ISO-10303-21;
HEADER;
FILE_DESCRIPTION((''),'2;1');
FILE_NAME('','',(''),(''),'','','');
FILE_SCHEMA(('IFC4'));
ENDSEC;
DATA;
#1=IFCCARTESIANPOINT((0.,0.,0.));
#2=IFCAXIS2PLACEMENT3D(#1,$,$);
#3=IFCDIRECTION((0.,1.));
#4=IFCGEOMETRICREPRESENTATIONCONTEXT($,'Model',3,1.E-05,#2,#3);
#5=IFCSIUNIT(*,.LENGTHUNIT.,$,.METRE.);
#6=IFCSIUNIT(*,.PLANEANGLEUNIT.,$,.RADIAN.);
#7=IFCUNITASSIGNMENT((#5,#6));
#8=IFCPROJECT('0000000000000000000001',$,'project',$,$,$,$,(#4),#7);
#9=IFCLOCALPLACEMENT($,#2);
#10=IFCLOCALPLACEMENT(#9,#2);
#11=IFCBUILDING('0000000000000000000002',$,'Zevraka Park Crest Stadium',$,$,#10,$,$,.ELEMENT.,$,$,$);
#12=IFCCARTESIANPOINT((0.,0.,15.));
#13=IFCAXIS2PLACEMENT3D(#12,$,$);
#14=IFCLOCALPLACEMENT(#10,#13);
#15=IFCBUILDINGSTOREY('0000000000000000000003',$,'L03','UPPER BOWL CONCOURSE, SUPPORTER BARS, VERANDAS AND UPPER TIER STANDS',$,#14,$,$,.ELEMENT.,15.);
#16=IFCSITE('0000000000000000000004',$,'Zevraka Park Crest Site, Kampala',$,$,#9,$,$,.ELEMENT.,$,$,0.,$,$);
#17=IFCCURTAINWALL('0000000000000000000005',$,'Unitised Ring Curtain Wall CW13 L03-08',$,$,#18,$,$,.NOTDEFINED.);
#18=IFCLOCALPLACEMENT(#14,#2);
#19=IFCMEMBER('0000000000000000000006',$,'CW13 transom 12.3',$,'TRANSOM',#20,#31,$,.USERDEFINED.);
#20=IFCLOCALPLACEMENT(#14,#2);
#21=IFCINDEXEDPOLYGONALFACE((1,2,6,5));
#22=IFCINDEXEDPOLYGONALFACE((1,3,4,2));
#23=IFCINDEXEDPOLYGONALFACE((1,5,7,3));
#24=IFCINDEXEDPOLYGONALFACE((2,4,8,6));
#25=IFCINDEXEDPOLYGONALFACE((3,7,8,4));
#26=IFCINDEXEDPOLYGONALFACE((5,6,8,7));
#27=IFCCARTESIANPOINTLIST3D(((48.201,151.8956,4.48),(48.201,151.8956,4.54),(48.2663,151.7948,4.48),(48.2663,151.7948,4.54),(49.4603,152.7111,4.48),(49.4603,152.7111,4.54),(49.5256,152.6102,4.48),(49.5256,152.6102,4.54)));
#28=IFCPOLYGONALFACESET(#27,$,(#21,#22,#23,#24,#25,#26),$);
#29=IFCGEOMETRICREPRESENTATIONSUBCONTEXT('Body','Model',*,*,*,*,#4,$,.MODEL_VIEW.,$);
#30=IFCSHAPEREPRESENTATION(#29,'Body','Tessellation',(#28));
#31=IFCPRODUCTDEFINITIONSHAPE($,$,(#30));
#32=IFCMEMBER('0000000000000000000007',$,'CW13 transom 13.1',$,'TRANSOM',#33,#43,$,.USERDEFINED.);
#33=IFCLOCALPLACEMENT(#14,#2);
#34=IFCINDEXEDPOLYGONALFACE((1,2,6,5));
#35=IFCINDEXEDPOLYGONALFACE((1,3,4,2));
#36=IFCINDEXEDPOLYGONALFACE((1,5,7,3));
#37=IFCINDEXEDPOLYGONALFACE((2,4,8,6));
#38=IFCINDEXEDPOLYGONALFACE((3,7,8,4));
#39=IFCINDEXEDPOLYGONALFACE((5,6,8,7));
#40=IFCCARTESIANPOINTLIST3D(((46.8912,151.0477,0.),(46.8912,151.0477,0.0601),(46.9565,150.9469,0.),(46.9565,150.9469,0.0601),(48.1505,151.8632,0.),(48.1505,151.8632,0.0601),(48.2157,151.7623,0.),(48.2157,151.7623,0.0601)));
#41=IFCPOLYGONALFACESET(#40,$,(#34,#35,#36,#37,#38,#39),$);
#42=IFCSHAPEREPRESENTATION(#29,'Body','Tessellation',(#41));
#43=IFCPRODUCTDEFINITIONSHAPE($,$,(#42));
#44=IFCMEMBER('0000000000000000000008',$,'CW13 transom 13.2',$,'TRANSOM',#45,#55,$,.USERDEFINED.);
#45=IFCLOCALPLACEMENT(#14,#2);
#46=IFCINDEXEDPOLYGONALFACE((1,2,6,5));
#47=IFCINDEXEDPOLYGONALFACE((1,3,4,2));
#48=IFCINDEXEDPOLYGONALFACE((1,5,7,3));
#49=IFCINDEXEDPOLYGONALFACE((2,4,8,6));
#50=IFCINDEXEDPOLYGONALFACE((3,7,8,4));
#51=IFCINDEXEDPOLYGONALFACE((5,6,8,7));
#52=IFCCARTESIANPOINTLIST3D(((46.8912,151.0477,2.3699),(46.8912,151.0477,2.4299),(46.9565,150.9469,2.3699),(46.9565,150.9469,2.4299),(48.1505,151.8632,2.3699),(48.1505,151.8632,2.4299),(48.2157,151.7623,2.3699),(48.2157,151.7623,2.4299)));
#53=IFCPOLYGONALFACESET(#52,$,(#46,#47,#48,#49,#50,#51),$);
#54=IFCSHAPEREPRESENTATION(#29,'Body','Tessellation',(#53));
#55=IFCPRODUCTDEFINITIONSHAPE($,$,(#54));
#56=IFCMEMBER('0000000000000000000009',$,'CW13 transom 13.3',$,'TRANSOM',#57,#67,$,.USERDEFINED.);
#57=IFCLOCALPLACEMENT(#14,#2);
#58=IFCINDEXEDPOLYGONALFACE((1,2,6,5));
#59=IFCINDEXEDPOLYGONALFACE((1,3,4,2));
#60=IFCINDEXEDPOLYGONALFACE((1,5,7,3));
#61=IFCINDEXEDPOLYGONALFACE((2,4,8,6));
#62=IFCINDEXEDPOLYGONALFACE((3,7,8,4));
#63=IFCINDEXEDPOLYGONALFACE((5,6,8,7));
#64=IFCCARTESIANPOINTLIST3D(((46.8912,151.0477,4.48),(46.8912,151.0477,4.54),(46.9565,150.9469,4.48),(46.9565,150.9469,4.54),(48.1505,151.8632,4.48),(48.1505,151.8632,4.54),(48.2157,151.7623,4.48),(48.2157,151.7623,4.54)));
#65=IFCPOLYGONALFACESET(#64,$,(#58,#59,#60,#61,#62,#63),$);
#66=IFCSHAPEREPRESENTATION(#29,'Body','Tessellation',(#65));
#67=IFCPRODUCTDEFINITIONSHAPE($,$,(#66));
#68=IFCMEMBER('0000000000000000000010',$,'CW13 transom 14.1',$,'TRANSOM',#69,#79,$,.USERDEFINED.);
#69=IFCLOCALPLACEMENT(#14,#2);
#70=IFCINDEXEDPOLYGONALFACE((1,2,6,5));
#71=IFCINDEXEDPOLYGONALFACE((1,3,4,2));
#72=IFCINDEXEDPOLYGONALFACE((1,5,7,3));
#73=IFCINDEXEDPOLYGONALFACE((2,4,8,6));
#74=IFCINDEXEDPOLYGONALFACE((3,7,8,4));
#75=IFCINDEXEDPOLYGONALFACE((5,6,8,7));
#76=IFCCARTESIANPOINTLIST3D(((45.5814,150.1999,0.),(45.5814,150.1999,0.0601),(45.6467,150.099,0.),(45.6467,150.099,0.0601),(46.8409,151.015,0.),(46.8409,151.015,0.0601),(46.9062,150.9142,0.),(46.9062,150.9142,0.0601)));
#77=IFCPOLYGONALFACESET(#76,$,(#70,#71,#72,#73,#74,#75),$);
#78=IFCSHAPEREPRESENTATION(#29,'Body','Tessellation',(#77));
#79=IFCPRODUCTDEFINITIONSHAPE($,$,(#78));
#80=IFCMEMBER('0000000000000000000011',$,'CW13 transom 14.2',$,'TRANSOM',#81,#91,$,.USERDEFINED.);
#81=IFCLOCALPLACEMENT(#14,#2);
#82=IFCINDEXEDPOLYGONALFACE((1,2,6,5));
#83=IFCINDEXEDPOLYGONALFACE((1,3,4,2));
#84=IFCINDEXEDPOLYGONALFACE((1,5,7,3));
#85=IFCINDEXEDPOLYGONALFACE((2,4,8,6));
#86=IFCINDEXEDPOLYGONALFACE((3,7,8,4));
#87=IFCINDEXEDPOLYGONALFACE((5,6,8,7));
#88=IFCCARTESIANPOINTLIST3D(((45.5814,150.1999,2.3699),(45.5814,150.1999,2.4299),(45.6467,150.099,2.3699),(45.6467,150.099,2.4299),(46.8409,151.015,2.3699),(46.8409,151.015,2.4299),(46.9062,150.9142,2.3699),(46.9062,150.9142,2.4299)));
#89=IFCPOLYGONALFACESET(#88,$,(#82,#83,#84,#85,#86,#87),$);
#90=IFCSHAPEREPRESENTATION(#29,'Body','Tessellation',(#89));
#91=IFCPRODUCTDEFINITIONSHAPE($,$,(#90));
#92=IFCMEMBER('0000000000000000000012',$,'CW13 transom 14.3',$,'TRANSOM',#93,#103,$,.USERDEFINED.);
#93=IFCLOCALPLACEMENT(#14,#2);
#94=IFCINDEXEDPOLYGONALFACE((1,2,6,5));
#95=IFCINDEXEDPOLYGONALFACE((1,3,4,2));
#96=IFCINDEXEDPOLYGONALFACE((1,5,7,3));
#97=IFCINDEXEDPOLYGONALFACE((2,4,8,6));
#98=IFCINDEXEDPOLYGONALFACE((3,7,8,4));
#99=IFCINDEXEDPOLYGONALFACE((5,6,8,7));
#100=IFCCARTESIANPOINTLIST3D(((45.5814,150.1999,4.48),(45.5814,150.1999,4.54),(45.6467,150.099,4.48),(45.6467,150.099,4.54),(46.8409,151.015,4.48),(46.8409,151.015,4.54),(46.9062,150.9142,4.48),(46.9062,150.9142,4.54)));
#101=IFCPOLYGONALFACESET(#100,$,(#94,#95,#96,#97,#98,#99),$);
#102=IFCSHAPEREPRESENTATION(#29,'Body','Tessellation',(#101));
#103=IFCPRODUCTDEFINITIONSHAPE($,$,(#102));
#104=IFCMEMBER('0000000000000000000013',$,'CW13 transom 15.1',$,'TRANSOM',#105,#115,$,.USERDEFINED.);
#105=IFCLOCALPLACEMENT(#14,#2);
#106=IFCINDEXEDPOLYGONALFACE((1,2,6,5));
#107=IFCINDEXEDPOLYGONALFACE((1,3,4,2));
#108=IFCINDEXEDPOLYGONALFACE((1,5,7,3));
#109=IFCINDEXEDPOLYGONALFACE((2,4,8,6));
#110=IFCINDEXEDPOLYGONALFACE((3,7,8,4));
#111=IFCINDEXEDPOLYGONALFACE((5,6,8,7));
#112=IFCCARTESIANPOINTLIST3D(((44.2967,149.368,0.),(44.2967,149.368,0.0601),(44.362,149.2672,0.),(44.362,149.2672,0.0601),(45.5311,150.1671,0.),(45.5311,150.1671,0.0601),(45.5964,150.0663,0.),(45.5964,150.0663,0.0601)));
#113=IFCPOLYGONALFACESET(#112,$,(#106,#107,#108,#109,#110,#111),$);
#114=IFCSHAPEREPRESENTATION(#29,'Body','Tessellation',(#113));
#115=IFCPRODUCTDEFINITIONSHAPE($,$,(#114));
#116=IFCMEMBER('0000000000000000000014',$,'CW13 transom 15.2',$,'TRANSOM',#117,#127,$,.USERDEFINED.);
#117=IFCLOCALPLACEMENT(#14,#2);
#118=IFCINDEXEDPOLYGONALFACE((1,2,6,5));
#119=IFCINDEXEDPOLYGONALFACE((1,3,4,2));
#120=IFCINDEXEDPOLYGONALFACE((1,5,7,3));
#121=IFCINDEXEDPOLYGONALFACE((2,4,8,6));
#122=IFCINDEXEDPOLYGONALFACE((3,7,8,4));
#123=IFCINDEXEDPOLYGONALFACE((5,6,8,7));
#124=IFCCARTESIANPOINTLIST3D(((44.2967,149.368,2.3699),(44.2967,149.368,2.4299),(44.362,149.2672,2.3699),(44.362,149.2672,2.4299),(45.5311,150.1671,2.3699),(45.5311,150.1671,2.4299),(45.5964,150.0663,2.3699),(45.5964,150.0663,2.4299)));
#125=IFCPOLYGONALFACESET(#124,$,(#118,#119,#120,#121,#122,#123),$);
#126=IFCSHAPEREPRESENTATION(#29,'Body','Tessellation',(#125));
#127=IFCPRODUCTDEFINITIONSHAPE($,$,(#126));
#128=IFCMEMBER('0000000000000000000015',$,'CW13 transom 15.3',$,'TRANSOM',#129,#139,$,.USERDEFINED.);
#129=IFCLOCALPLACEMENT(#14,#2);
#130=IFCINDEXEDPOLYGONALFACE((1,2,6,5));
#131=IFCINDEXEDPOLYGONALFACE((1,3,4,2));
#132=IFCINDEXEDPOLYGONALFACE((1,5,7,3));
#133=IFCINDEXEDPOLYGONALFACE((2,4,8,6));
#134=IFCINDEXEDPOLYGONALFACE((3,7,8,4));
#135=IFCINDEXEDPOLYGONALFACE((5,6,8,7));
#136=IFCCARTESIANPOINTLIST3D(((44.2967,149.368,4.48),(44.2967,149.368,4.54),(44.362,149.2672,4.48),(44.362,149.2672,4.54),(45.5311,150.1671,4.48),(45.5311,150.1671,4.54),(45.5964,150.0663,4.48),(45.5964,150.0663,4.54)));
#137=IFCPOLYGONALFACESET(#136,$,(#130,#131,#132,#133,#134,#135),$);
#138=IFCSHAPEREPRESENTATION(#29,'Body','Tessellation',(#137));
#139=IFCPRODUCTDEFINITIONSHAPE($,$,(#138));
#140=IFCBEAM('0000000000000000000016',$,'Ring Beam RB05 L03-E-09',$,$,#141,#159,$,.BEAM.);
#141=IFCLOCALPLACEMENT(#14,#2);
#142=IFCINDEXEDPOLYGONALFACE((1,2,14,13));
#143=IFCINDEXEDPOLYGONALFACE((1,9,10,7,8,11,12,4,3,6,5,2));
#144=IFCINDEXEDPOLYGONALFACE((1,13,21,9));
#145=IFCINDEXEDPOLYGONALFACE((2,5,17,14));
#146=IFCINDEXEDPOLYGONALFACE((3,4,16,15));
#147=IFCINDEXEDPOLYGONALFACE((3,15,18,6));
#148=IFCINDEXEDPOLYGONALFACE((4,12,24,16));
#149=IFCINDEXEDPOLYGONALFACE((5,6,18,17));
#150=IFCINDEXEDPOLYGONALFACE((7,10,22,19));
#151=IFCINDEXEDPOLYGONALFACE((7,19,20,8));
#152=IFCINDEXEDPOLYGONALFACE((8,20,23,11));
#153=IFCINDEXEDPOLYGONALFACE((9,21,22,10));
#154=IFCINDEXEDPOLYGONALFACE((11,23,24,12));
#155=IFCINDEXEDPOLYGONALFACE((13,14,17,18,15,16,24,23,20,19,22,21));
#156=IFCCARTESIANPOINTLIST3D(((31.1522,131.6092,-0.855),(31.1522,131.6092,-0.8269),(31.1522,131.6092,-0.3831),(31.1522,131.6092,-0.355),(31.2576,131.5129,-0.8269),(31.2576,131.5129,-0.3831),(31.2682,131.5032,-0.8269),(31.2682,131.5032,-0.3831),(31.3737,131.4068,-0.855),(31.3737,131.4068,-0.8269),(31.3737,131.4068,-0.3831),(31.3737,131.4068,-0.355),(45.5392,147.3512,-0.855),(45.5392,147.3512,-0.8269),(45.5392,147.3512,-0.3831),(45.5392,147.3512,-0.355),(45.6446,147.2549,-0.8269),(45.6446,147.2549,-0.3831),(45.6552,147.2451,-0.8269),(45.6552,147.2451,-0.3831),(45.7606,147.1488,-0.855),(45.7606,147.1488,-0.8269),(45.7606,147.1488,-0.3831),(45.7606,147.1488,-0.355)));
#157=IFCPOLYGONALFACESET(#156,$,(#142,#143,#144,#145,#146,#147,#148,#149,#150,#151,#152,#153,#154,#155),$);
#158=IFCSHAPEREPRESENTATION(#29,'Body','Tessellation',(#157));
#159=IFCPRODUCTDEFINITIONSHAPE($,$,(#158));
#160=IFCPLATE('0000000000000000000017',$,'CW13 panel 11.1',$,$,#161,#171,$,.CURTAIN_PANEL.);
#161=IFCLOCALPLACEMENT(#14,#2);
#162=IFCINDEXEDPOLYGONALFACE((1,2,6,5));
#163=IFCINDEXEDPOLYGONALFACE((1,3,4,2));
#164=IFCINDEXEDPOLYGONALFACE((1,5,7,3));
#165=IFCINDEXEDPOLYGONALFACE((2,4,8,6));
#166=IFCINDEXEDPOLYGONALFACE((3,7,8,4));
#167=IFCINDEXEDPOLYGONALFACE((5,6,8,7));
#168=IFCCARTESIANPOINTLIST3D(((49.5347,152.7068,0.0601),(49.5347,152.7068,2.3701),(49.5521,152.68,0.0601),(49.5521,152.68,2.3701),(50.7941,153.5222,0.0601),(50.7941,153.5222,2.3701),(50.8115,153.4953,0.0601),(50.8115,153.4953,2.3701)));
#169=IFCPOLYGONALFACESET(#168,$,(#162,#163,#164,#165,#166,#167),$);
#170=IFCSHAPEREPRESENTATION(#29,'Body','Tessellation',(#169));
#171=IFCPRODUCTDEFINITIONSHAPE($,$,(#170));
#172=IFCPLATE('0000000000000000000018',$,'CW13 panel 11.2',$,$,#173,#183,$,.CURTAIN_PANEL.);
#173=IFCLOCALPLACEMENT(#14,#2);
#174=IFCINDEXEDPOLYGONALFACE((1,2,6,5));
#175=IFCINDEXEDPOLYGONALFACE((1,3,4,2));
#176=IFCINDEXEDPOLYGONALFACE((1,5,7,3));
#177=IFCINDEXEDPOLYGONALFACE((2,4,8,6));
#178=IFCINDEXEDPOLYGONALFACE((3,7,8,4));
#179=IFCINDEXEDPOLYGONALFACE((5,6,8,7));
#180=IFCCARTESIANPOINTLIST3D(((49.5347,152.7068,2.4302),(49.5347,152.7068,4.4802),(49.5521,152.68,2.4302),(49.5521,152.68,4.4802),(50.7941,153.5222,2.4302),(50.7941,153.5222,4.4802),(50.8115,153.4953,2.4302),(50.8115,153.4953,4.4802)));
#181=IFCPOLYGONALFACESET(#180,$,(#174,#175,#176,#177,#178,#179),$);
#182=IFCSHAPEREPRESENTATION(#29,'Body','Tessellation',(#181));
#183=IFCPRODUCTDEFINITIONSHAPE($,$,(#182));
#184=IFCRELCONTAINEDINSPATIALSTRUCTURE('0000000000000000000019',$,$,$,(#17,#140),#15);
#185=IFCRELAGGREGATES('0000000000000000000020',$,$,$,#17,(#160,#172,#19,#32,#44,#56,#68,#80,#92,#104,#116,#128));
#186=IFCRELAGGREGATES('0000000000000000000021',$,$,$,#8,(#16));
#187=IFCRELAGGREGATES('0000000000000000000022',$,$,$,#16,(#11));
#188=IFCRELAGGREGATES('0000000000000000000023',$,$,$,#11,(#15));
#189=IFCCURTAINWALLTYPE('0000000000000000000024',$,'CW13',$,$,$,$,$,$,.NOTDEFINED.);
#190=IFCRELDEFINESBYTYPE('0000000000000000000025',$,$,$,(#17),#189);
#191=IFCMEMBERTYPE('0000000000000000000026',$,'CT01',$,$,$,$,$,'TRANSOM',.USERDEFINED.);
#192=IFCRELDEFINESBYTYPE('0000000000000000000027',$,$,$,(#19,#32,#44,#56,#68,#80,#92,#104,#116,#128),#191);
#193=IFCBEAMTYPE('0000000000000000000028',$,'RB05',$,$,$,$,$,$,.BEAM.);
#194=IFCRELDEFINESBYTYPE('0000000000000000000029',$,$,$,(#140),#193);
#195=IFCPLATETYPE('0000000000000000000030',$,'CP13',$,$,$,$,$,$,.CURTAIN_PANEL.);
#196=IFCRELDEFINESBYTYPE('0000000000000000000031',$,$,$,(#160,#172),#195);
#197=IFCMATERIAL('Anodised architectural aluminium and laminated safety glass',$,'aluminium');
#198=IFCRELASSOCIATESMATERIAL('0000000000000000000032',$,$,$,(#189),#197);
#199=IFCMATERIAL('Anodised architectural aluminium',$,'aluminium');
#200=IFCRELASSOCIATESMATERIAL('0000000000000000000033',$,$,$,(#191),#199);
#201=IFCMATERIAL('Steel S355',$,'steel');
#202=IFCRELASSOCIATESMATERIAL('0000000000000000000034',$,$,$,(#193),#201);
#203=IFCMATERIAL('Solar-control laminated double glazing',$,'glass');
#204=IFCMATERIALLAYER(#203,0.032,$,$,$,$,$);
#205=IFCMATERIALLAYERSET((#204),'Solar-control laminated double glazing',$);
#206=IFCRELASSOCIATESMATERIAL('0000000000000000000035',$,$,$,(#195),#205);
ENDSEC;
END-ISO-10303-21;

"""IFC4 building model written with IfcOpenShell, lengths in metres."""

from ifc_helpers import new_model, si_unit, direction, frame, origin, origin_2d, place, context, subcontext, project, spatial, rectangle, i_section, extrude, material, layer, layer_set, material_profile, profile_set, type_object, element, aggregate, save


model = new_model("IFC4")

# Units and contexts
model_context = context("Model", 3, precision=1e-05, world=origin(), true_north=direction((0.0, 1.0)))
body_context = subcontext(model_context, "Body", "Model", "MODEL_VIEW")
ifc_project = project(units=[si_unit("LENGTHUNIT", "METRE"), si_unit("PLANEANGLEUNIT", "RADIAN")], contexts=[model_context])

# Site, building, storey
site_placement = place(None, origin())
site = spatial("IfcSite", under=ifc_project, at=site_placement, Name="Zevraka Park Crest Site, Kampala", CompositionType="ELEMENT", RefElevation=0.0)
building_placement = place(site_placement, origin())
building = spatial("IfcBuilding", under=site, at=building_placement, Name="Zevraka Park Crest Stadium", CompositionType="ELEMENT")
storey_placement = place(building_placement, frame((0.0, 0.0, 15.0)))
storey = spatial("IfcBuildingStorey", under=building, at=storey_placement, Name="L03", Description="UPPER BOWL CONCOURSE, SUPPORTER BARS, VERANDAS AND UPPER TIER STANDS", CompositionType="ELEMENT", Elevation=15.0)

# Curtain wall, members
ifc_material_1 = material(Name="Anodised architectural aluminium and laminated safety glass", Category="aluminium")
curtain_wall_type = type_object("IfcCurtainWallType", Name="CW13", PredefinedType="NOTDEFINED", material=ifc_material_1)
curtain_wall_placement = place(storey_placement, origin())
curtain_wall = element("IfcCurtainWall", 1, at=curtain_wall_placement, inside=storey, type_object=curtain_wall_type, Name="Unitised Ring Curtain Wall CW13 L03-08", PredefinedType="NOTDEFINED")
ifc_material_2 = material(Name="Anodised architectural aluminium", Category="aluminium")
ifc_material_profile_1 = material_profile(ifc_material_2, rectangle(XDim=0.1201, YDim=0.0601, at=origin_2d()), Name="ALU TRANSOM 120x60")
ifc_profile_set_1 = profile_set([ifc_material_profile_1], Name="Anodised architectural aluminium")
member_type_1 = type_object("IfcMemberType", Name="CT01", ElementType="TRANSOM", PredefinedType="USERDEFINED", material=ifc_profile_set_1)
member_1_placement = place(storey_placement, frame((49.4929, 152.6606, 4.51), z_axis=(-0.839387, -0.543535, 0.0), x_axis=(0.543535, -0.839387, 0.0)))
member_1 = element("IfcMember", 2, at=member_1_placement, type_object=member_type_1, Name="CW13 transom 12.3", ObjectType="TRANSOM", PredefinedType="USERDEFINED", context=body_context, shape_type="SweptSolid", body=[
    extrude(rectangle(XDim=0.1201, YDim=0.0601, at=origin_2d()), origin(), (0.0, 0.0, 1.0), 1.5002),
])
member_2_placement = place(storey_placement, frame((48.1831, 151.8127, 0.03), z_axis=(-0.839387, -0.543535, 0.0), x_axis=(0.543535, -0.839387, 0.0)))
member_2 = element("IfcMember", 3, at=member_2_placement, type_object=member_type_1, Name="CW13 transom 13.1", ObjectType="TRANSOM", PredefinedType="USERDEFINED", context=body_context, shape_type="SweptSolid", body=[
    extrude(rectangle(XDim=0.1201, YDim=0.0601, at=origin_2d()), origin(), (0.0, 0.0, 1.0), 1.5002),
])
member_3_placement = place(storey_placement, frame((48.1831, 151.8127, 2.3999), z_axis=(-0.839387, -0.543535, 0.0), x_axis=(0.543535, -0.839387, 0.0)))
member_3 = element("IfcMember", 4, at=member_3_placement, type_object=member_type_1, Name="CW13 transom 13.2", ObjectType="TRANSOM", PredefinedType="USERDEFINED", context=body_context, shape_type="SweptSolid", body=[
    extrude(rectangle(XDim=0.1201, YDim=0.0601, at=origin_2d()), origin(), (0.0, 0.0, 1.0), 1.5002),
])
member_4_placement = place(storey_placement, frame((48.1831, 151.8127, 4.51), z_axis=(-0.839387, -0.543535, 0.0), x_axis=(0.543535, -0.839387, 0.0)))
member_4 = element("IfcMember", 5, at=member_4_placement, type_object=member_type_1, Name="CW13 transom 13.3", ObjectType="TRANSOM", PredefinedType="USERDEFINED", context=body_context, shape_type="SweptSolid", body=[
    extrude(rectangle(XDim=0.1201, YDim=0.0601, at=origin_2d()), origin(), (0.0, 0.0, 1.0), 1.5002),
])
member_5_placement = place(storey_placement, frame((46.8735, 150.9646, 0.03), z_axis=(-0.839509, -0.543346, 0.0), x_axis=(0.543346, -0.839509, 0.0)))
member_5 = element("IfcMember", 6, at=member_5_placement, type_object=member_type_1, Name="CW13 transom 14.1", ObjectType="TRANSOM", PredefinedType="USERDEFINED", context=body_context, shape_type="SweptSolid", body=[
    extrude(rectangle(XDim=0.1201, YDim=0.0601, at=origin_2d()), origin(), (0.0, 0.0, 1.0), 1.5002),
])
member_6_placement = place(storey_placement, frame((46.8735, 150.9646, 2.3999), z_axis=(-0.839509, -0.543346, 0.0), x_axis=(0.543346, -0.839509, 0.0)))
member_6 = element("IfcMember", 7, at=member_6_placement, type_object=member_type_1, Name="CW13 transom 14.2", ObjectType="TRANSOM", PredefinedType="USERDEFINED", context=body_context, shape_type="SweptSolid", body=[
    extrude(rectangle(XDim=0.1201, YDim=0.0601, at=origin_2d()), origin(), (0.0, 0.0, 1.0), 1.5002),
])
member_7_placement = place(storey_placement, frame((46.8735, 150.9646, 4.51), z_axis=(-0.839509, -0.543346, 0.0), x_axis=(0.543346, -0.839509, 0.0)))
member_7 = element("IfcMember", 8, at=member_7_placement, type_object=member_type_1, Name="CW13 transom 14.3", ObjectType="TRANSOM", PredefinedType="USERDEFINED", context=body_context, shape_type="SweptSolid", body=[
    extrude(rectangle(XDim=0.1201, YDim=0.0601, at=origin_2d()), origin(), (0.0, 0.0, 1.0), 1.5002),
])
member_8_placement = place(storey_placement, frame((45.5637, 150.1167, 0.03), z_axis=(-0.839459, -0.543423, 0.0), x_axis=(0.543423, -0.839459, 0.0)))
member_8 = element("IfcMember", 9, at=member_8_placement, type_object=member_type_1, Name="CW13 transom 15.1", ObjectType="TRANSOM", PredefinedType="USERDEFINED", context=body_context, shape_type="SweptSolid", body=[
    extrude(rectangle(XDim=0.1201, YDim=0.0601, at=origin_2d()), origin(), (0.0, 0.0, 1.0), 1.4705),
])
member_9_placement = place(storey_placement, frame((45.5637, 150.1167, 2.3999), z_axis=(-0.839459, -0.543423, 0.0), x_axis=(0.543423, -0.839459, 0.0)))
member_9 = element("IfcMember", 10, at=member_9_placement, type_object=member_type_1, Name="CW13 transom 15.2", ObjectType="TRANSOM", PredefinedType="USERDEFINED", context=body_context, shape_type="SweptSolid", body=[
    extrude(rectangle(XDim=0.1201, YDim=0.0601, at=origin_2d()), origin(), (0.0, 0.0, 1.0), 1.4705),
])
member_10_placement = place(storey_placement, frame((45.5637, 150.1167, 4.51), z_axis=(-0.839459, -0.543423, 0.0), x_axis=(0.543423, -0.839459, 0.0)))
member_10 = element("IfcMember", 11, at=member_10_placement, type_object=member_type_1, Name="CW13 transom 15.3", ObjectType="TRANSOM", PredefinedType="USERDEFINED", context=body_context, shape_type="SweptSolid", body=[
    extrude(rectangle(XDim=0.1201, YDim=0.0601, at=origin_2d()), origin(), (0.0, 0.0, 1.0), 1.4705),
])

# Beam
ifc_material_3 = material(Name="Steel S355", Category="steel")
ifc_material_profile_2 = material_profile(ifc_material_3, i_section(OverallWidth=0.3, OverallDepth=0.5, WebThickness=0.0144, FlangeThickness=0.0281, at=origin_2d()), Name="HEB 500")
ifc_profile_set_2 = profile_set([ifc_material_profile_2], Name="Steel S355")
beam_type_1 = type_object("IfcBeamType", Name="RB05", PredefinedType="BEAM", material=ifc_profile_set_2)
beam_1_placement = place(storey_placement, frame((45.6499, 147.25, -0.605), z_axis=(-0.674624, -0.738161, 0.0), x_axis=(0.738161, -0.674624, 0.0)))
element("IfcBeam", 12, at=beam_1_placement, inside=storey, type_object=beam_type_1, Name="Ring Beam RB05 L03-E-09", PredefinedType="BEAM", context=body_context, shape_type="SweptSolid", body=[
    extrude(i_section(OverallWidth=0.3, OverallDepth=0.5, WebThickness=0.0144, FlangeThickness=0.0281, at=origin_2d()), origin(), (0.0, 0.0, 1.0), 21.3259),
])

# Plates
ifc_material_4 = material(Name="Solar-control laminated double glazing", Category="glass")
ifc_layer_1 = layer(ifc_material_4, 0.032)
ifc_layer_set_1 = layer_set([ifc_layer_1], Name="Solar-control laminated double glazing")
plate_type = type_object("IfcPlateType", Name="CP13", PredefinedType="CURTAIN_PANEL", material=ifc_layer_set_1)
plate_1_placement = place(storey_placement, frame((50.1731, 153.1011, 0.0601), z_axis=(0.0, 0.0, 1.0), x_axis=(-0.839429, -0.543469, 0.0)))
plate_1 = element("IfcPlate", 13, at=plate_1_placement, type_object=plate_type, Name="CW13 panel 11.1", PredefinedType="CURTAIN_PANEL", context=body_context, shape_type="SweptSolid", body=[
    extrude(rectangle(XDim=1.5002, YDim=0.032, at=origin_2d()), origin(), (0.0, 0.0, 1.0), 2.3101),
])
plate_2_placement = place(storey_placement, frame((50.1731, 153.1011, 2.4302), z_axis=(0.0, 0.0, 1.0), x_axis=(-0.839429, -0.543469, 0.0)))
plate_2 = element("IfcPlate", 14, at=plate_2_placement, type_object=plate_type, Name="CW13 panel 11.2", PredefinedType="CURTAIN_PANEL", context=body_context, shape_type="SweptSolid", body=[
    extrude(rectangle(XDim=1.5002, YDim=0.032, at=origin_2d()), origin(), (0.0, 0.0, 1.0), 2.05),
])
aggregate(curtain_wall, [plate_1, plate_2, member_1, member_2, member_3, member_4, member_5, member_6, member_7, member_8, member_9, member_10])

save(model, "model.ifc")
